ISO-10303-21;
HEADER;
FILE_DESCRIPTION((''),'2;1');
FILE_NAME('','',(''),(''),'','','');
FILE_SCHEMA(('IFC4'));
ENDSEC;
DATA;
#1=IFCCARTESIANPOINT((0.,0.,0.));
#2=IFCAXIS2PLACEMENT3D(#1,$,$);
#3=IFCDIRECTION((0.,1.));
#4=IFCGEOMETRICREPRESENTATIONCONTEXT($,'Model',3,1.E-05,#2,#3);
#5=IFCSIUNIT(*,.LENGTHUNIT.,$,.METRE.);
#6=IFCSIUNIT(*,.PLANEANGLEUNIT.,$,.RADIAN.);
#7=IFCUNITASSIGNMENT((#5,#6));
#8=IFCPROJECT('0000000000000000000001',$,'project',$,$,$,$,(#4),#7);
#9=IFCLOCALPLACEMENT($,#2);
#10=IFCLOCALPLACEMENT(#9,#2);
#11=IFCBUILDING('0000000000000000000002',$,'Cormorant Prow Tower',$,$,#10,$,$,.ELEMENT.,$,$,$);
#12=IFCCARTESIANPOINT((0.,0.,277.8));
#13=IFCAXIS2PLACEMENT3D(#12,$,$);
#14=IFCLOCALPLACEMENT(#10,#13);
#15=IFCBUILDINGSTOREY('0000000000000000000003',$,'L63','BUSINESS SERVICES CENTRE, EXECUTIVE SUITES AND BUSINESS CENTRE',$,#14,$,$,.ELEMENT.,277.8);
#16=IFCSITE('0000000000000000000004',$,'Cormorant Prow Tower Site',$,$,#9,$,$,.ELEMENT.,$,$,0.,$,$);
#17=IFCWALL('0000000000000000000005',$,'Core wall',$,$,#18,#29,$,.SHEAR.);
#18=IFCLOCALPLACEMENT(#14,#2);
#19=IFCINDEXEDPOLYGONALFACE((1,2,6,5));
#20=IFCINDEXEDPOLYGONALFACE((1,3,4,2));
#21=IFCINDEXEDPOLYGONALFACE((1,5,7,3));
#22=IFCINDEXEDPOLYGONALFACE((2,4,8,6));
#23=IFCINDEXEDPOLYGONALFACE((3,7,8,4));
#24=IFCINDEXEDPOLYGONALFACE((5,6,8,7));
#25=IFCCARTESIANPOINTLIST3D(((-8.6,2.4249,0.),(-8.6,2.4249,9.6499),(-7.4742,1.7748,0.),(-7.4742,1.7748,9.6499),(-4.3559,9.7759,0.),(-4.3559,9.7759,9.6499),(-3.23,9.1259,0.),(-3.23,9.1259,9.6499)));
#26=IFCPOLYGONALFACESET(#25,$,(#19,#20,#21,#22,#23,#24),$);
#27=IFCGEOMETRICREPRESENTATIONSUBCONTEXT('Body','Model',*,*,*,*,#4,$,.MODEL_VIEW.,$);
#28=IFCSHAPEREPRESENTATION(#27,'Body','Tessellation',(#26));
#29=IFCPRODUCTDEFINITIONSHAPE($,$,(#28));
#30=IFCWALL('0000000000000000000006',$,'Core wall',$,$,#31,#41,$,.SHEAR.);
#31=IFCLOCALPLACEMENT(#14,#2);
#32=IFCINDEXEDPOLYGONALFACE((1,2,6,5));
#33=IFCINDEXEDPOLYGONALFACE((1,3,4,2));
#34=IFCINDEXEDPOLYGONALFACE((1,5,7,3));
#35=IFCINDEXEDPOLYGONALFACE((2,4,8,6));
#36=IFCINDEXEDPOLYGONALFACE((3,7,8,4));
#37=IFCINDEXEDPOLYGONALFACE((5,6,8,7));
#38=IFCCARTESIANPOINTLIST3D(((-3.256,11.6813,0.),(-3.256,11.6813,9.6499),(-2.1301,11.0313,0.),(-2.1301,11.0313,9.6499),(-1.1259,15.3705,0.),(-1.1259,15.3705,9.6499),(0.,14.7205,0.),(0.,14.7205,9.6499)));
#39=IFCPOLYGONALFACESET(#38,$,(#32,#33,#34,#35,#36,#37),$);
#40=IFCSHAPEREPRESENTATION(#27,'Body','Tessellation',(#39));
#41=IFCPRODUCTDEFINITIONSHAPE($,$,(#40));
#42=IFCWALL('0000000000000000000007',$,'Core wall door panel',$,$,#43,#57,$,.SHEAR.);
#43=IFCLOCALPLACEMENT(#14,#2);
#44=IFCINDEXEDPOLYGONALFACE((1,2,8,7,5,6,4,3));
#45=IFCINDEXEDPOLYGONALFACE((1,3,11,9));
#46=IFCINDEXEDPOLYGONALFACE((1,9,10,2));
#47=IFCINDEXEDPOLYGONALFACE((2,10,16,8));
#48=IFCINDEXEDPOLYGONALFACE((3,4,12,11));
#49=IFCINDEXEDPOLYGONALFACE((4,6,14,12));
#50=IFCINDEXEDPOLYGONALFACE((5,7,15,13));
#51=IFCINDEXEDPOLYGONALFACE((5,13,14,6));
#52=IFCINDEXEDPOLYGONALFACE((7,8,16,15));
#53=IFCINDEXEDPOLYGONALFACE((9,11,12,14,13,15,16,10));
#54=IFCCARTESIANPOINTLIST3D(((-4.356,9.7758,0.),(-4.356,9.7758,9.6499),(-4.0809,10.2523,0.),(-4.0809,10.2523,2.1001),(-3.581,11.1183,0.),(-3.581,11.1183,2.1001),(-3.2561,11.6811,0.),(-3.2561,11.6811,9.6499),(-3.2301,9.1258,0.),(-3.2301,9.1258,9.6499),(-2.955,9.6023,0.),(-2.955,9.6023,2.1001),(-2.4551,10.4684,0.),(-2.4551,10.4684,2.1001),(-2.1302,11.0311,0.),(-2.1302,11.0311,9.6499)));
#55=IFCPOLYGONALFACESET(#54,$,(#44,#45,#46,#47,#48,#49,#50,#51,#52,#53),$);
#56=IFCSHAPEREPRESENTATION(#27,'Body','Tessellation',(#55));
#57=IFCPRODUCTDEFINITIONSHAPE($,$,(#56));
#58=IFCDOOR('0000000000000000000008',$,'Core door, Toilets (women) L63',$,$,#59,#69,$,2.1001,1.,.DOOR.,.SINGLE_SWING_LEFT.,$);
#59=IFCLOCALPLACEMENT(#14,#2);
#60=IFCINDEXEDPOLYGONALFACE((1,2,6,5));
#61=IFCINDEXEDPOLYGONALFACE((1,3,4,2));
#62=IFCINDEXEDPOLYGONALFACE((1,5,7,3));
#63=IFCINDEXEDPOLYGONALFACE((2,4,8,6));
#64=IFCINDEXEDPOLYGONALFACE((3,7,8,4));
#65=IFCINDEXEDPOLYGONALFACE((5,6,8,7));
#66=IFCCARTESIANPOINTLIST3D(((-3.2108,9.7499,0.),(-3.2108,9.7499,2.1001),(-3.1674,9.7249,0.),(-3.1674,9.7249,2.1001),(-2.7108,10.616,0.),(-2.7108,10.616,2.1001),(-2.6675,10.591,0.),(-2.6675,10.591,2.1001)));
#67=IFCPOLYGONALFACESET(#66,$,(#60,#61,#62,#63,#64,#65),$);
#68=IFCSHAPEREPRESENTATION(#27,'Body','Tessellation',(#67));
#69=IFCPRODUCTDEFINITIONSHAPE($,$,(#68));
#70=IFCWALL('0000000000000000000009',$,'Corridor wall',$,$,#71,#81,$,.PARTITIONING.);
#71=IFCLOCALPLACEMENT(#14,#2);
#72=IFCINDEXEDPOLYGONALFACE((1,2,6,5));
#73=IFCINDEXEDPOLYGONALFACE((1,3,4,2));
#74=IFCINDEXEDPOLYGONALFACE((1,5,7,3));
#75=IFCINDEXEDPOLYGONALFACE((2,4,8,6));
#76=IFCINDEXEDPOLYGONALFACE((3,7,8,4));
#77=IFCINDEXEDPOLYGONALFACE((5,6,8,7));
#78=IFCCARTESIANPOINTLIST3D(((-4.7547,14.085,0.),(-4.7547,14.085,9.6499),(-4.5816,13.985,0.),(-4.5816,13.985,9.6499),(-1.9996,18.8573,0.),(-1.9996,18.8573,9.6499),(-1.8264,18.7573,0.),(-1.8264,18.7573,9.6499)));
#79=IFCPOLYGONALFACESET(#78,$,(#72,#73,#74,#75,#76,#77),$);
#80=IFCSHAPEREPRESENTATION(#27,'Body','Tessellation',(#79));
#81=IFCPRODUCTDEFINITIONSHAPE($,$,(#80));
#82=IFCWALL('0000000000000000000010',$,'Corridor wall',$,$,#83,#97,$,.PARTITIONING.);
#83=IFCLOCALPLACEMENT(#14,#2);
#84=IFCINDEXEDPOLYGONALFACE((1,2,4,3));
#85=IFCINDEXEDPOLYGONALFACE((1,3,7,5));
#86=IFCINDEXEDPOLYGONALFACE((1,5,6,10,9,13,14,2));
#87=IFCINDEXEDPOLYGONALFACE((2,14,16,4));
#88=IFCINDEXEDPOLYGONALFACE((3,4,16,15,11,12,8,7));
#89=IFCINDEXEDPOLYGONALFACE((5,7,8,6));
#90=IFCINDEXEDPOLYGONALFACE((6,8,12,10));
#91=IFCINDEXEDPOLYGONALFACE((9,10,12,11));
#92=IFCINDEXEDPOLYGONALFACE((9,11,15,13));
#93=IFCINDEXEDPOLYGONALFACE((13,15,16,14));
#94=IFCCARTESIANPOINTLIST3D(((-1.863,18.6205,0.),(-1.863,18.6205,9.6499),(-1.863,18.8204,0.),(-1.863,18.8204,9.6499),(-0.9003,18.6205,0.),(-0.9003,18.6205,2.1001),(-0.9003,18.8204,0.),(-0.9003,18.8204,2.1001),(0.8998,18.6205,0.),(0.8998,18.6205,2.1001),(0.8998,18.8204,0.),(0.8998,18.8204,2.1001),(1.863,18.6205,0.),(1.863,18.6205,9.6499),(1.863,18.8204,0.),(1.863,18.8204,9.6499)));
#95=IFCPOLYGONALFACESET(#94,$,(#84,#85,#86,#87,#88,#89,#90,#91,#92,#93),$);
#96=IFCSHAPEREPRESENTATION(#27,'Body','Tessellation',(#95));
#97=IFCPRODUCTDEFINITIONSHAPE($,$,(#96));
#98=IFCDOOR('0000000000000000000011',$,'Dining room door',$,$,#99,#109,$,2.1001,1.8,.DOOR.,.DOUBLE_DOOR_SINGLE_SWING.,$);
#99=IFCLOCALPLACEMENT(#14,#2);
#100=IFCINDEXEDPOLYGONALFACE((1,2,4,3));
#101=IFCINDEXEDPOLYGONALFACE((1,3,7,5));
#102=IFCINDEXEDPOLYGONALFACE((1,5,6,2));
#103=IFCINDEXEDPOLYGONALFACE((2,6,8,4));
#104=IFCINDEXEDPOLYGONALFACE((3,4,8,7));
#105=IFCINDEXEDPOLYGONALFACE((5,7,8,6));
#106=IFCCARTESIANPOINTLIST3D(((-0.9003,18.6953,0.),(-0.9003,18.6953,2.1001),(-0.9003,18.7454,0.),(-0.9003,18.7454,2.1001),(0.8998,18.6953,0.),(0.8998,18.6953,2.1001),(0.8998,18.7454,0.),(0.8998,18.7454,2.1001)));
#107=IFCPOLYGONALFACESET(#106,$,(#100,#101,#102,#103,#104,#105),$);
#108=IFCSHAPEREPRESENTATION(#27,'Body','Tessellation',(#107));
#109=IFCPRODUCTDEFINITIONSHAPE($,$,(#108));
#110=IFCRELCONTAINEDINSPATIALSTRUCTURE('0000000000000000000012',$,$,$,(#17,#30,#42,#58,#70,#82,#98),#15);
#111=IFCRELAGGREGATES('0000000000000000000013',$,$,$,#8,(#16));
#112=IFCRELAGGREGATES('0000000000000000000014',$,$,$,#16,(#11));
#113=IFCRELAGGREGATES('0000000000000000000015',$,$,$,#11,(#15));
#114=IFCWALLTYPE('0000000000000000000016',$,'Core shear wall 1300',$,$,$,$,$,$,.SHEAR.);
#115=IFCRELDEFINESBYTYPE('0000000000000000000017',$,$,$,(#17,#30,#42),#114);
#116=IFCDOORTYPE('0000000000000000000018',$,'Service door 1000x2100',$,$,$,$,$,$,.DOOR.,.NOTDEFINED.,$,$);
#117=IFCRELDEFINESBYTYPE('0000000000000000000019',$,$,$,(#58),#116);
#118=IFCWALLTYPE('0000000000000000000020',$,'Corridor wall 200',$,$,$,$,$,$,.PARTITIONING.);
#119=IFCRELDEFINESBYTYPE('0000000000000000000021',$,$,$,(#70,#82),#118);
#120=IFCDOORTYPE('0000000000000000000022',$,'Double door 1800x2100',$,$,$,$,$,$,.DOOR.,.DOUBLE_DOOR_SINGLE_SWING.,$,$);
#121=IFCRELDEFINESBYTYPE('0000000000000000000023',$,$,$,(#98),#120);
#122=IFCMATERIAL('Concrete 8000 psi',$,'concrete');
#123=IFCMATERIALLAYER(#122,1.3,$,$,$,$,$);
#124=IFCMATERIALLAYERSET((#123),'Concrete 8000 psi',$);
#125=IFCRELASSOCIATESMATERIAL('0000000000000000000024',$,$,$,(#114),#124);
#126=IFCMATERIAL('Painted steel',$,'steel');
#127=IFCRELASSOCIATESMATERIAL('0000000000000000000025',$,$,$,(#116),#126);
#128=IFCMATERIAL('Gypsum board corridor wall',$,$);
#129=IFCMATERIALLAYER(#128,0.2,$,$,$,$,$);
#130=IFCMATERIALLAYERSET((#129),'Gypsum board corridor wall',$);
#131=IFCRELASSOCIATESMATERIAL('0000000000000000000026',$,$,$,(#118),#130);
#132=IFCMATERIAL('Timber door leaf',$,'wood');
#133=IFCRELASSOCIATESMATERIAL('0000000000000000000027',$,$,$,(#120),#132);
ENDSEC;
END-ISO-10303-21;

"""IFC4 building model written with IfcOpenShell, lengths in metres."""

from ifc_helpers import new_model, si_unit, direction, frame, frame_2d, origin, place, context, subcontext, project, spatial, rectangle, extrude, material, layer, layer_set, type_object, element, fill, save


model = new_model("IFC4")

# Units and contexts
model_context = context("Model", 3, precision=1e-05, world=origin(), true_north=direction((0.0, 1.0)))
body_context = subcontext(model_context, "Body", "Model", "MODEL_VIEW")
ifc_project = project(units=[si_unit("LENGTHUNIT", "METRE"), si_unit("PLANEANGLEUNIT", "RADIAN")], contexts=[model_context])

# Site, building, storey
site_placement = place(None, origin())
site = spatial("IfcSite", under=ifc_project, at=site_placement, Name="Cormorant Prow Tower Site", CompositionType="ELEMENT", RefElevation=0.0)
building_placement = place(site_placement, origin())
building = spatial("IfcBuilding", under=site, at=building_placement, Name="Cormorant Prow Tower", CompositionType="ELEMENT")
storey_placement = place(building_placement, frame((0.0, 0.0, 277.8)))
storey = spatial("IfcBuildingStorey", under=building, at=storey_placement, Name="L63", Description="BUSINESS SERVICES CENTRE, EXECUTIVE SUITES AND BUSINESS CENTRE", CompositionType="ELEMENT", Elevation=277.8)

# Walls
ifc_material_1 = material(Name="Concrete 8000 psi", Category="concrete")
ifc_layer_1 = layer(ifc_material_1, 1.3)
ifc_layer_set_1 = layer_set([ifc_layer_1], Name="Concrete 8000 psi")
wall_type_1 = type_object("IfcWallType", Name="Core shear wall 1300", PredefinedType="SHEAR", material=ifc_layer_set_1)
wall_1_placement = place(storey_placement, frame((-3.793, 9.4509, 0.0), z_axis=(0.0, 0.0, 1.0), x_axis=(-0.5, -0.866026, 0.0)))
element("IfcWall", 1, at=wall_1_placement, inside=storey, type_object=wall_type_1, Name="Core wall", PredefinedType="SHEAR", context=body_context, shape_type="SweptSolid", body=[
    extrude(rectangle(XDim=8.4883, YDim=1.3, at=frame_2d((4.2441, 0.0))), origin(), (0.0, 0.0, 1.0), 9.6499),
])
wall_2_placement = place(storey_placement, frame((-0.563, 15.0454, 0.0), z_axis=(0.0, 0.0, 1.0), x_axis=(-0.500028, -0.866009, 0.0)))
element("IfcWall", 2, at=wall_2_placement, inside=storey, type_object=wall_type_1, Name="Core wall", PredefinedType="SHEAR", context=body_context, shape_type="SweptSolid", body=[
    extrude(rectangle(XDim=4.26, YDim=1.3, at=frame_2d((2.1299, 0.0))), origin(), (0.0, 0.0, 1.0), 9.6499),
])

# Wall, opening, door
wall_3_placement = place(storey_placement, frame((-2.6931, 11.3562, 0.0), z_axis=(0.0, 0.0, 1.0), x_axis=(-0.499947, -0.866056, 0.0)))
wall_3 = element("IfcWall", 3, at=wall_3_placement, inside=storey, type_object=wall_type_1, Name="Core wall door panel", PredefinedType="SHEAR", context=body_context, shape_type="SweptSolid", body=[
    extrude(rectangle(XDim=2.2, YDim=1.3, at=frame_2d((1.1001, 0.0))), origin(), (0.0, 0.0, 1.0), 9.6499),
])
opening_1_placement = place(wall_3_placement, frame((0.6499, 0.0, 0.0)))
opening_1 = element("IfcOpeningElement", 4, at=opening_1_placement, cuts=wall_3, PredefinedType="OPENING", context=body_context, shape_type="SweptSolid", body=[
    extrude(rectangle(XDim=1.0, YDim=2.1001, at=frame_2d((0.5, 1.05))), frame((0.0, 0.6599, 0.0), z_axis=(0.0, -1.0, 0.0), x_axis=(1.0, 0.0, 0.0)), (0.0, 0.0, 1.0), 1.3201),
])
ifc_material_2 = material(Name="Painted steel", Category="steel")
door_type_1 = type_object("IfcDoorType", Name="Service door 1000x2100", OperationType="NOTDEFINED", PredefinedType="DOOR", material=ifc_material_2)
door_1_placement = place(opening_1_placement, origin())
door_1 = element("IfcDoor", 5, at=door_1_placement, inside=storey, type_object=door_type_1, Name="Core door, Toilets (women) L63", OperationType="SINGLE_SWING_LEFT", OverallHeight=2.1001, OverallWidth=1.0, PredefinedType="DOOR", context=body_context, shape_type="SweptSolid", body=[
    extrude(rectangle(XDim=1.0, YDim=2.1001, at=frame_2d((0.5, 1.05))), frame((0.0, 0.4048, 0.0), z_axis=(0.0, -1.0, 0.0), x_axis=(1.0, 0.0, 0.0)), (0.0, 0.0, 1.0), 0.05),
])
fill(opening_1, door_1)

# Wall
ifc_material_3 = material(Name="Gypsum board corridor wall")
ifc_layer_2 = layer(ifc_material_3, 0.2)
ifc_layer_set_2 = layer_set([ifc_layer_2], Name="Gypsum board corridor wall")
wall_type_2 = type_object("IfcWallType", Name="Corridor wall 200", PredefinedType="PARTITIONING", material=ifc_layer_set_2)
wall_4_placement = place(storey_placement, frame((-4.6682, 14.0349, 0.0), z_axis=(0.0, 0.0, 1.0), x_axis=(0.499985, 0.866034, 0.0)))
element("IfcWall", 6, at=wall_4_placement, inside=storey, type_object=wall_type_2, Name="Corridor wall", PredefinedType="PARTITIONING", context=body_context, shape_type="SweptSolid", body=[
    extrude(rectangle(XDim=5.5105, YDim=0.2, at=frame_2d((2.7554, 0.0))), origin(), (0.0, 0.0, 1.0), 9.6499),
])

# Wall, opening, door
wall_5_placement = place(storey_placement, frame((-1.863, 18.7205, 0.0), z_axis=(0.0, 0.0, 1.0), x_axis=(1.0, 0.0, 0.0)))
wall_5 = element("IfcWall", 7, at=wall_5_placement, inside=storey, type_object=wall_type_2, Name="Corridor wall", PredefinedType="PARTITIONING", context=body_context, shape_type="SweptSolid", body=[
    extrude(rectangle(XDim=3.7261, YDim=0.2, at=frame_2d((1.863, 0.0))), origin(), (0.0, 0.0, 1.0), 9.6499),
])
opening_2_placement = place(wall_5_placement, frame((0.9629, 0.0, 0.0)))
opening_2 = element("IfcOpeningElement", 8, at=opening_2_placement, cuts=wall_5, PredefinedType="OPENING", context=body_context, shape_type="SweptSolid", body=[
    extrude(rectangle(XDim=1.8, YDim=2.1001, at=frame_2d((0.8999, 1.05))), frame((0.0, 0.1099, 0.0), z_axis=(0.0, -1.0, 0.0), x_axis=(1.0, 0.0, 0.0)), (0.0, 0.0, 1.0), 0.22),
])
ifc_material_4 = material(Name="Timber door leaf", Category="wood")
door_type_2 = type_object("IfcDoorType", Name="Double door 1800x2100", OperationType="DOUBLE_DOOR_SINGLE_SWING", PredefinedType="DOOR", material=ifc_material_4)
door_2_placement = place(opening_2_placement, origin())
door_2 = element("IfcDoor", 9, at=door_2_placement, inside=storey, type_object=door_type_2, Name="Dining room door", OperationType="DOUBLE_DOOR_SINGLE_SWING", OverallHeight=2.1001, OverallWidth=1.8, PredefinedType="DOOR", context=body_context, shape_type="SweptSolid", body=[
    extrude(rectangle(XDim=1.8, YDim=2.1001, at=frame_2d((0.8999, 1.05))), frame((0.0, 0.0249, 0.0), z_axis=(0.0, -1.0, 0.0), x_axis=(1.0, 0.0, 0.0)), (0.0, 0.0, 1.0), 0.05),
])
fill(opening_2, door_2)

save(model, "model.ifc")
